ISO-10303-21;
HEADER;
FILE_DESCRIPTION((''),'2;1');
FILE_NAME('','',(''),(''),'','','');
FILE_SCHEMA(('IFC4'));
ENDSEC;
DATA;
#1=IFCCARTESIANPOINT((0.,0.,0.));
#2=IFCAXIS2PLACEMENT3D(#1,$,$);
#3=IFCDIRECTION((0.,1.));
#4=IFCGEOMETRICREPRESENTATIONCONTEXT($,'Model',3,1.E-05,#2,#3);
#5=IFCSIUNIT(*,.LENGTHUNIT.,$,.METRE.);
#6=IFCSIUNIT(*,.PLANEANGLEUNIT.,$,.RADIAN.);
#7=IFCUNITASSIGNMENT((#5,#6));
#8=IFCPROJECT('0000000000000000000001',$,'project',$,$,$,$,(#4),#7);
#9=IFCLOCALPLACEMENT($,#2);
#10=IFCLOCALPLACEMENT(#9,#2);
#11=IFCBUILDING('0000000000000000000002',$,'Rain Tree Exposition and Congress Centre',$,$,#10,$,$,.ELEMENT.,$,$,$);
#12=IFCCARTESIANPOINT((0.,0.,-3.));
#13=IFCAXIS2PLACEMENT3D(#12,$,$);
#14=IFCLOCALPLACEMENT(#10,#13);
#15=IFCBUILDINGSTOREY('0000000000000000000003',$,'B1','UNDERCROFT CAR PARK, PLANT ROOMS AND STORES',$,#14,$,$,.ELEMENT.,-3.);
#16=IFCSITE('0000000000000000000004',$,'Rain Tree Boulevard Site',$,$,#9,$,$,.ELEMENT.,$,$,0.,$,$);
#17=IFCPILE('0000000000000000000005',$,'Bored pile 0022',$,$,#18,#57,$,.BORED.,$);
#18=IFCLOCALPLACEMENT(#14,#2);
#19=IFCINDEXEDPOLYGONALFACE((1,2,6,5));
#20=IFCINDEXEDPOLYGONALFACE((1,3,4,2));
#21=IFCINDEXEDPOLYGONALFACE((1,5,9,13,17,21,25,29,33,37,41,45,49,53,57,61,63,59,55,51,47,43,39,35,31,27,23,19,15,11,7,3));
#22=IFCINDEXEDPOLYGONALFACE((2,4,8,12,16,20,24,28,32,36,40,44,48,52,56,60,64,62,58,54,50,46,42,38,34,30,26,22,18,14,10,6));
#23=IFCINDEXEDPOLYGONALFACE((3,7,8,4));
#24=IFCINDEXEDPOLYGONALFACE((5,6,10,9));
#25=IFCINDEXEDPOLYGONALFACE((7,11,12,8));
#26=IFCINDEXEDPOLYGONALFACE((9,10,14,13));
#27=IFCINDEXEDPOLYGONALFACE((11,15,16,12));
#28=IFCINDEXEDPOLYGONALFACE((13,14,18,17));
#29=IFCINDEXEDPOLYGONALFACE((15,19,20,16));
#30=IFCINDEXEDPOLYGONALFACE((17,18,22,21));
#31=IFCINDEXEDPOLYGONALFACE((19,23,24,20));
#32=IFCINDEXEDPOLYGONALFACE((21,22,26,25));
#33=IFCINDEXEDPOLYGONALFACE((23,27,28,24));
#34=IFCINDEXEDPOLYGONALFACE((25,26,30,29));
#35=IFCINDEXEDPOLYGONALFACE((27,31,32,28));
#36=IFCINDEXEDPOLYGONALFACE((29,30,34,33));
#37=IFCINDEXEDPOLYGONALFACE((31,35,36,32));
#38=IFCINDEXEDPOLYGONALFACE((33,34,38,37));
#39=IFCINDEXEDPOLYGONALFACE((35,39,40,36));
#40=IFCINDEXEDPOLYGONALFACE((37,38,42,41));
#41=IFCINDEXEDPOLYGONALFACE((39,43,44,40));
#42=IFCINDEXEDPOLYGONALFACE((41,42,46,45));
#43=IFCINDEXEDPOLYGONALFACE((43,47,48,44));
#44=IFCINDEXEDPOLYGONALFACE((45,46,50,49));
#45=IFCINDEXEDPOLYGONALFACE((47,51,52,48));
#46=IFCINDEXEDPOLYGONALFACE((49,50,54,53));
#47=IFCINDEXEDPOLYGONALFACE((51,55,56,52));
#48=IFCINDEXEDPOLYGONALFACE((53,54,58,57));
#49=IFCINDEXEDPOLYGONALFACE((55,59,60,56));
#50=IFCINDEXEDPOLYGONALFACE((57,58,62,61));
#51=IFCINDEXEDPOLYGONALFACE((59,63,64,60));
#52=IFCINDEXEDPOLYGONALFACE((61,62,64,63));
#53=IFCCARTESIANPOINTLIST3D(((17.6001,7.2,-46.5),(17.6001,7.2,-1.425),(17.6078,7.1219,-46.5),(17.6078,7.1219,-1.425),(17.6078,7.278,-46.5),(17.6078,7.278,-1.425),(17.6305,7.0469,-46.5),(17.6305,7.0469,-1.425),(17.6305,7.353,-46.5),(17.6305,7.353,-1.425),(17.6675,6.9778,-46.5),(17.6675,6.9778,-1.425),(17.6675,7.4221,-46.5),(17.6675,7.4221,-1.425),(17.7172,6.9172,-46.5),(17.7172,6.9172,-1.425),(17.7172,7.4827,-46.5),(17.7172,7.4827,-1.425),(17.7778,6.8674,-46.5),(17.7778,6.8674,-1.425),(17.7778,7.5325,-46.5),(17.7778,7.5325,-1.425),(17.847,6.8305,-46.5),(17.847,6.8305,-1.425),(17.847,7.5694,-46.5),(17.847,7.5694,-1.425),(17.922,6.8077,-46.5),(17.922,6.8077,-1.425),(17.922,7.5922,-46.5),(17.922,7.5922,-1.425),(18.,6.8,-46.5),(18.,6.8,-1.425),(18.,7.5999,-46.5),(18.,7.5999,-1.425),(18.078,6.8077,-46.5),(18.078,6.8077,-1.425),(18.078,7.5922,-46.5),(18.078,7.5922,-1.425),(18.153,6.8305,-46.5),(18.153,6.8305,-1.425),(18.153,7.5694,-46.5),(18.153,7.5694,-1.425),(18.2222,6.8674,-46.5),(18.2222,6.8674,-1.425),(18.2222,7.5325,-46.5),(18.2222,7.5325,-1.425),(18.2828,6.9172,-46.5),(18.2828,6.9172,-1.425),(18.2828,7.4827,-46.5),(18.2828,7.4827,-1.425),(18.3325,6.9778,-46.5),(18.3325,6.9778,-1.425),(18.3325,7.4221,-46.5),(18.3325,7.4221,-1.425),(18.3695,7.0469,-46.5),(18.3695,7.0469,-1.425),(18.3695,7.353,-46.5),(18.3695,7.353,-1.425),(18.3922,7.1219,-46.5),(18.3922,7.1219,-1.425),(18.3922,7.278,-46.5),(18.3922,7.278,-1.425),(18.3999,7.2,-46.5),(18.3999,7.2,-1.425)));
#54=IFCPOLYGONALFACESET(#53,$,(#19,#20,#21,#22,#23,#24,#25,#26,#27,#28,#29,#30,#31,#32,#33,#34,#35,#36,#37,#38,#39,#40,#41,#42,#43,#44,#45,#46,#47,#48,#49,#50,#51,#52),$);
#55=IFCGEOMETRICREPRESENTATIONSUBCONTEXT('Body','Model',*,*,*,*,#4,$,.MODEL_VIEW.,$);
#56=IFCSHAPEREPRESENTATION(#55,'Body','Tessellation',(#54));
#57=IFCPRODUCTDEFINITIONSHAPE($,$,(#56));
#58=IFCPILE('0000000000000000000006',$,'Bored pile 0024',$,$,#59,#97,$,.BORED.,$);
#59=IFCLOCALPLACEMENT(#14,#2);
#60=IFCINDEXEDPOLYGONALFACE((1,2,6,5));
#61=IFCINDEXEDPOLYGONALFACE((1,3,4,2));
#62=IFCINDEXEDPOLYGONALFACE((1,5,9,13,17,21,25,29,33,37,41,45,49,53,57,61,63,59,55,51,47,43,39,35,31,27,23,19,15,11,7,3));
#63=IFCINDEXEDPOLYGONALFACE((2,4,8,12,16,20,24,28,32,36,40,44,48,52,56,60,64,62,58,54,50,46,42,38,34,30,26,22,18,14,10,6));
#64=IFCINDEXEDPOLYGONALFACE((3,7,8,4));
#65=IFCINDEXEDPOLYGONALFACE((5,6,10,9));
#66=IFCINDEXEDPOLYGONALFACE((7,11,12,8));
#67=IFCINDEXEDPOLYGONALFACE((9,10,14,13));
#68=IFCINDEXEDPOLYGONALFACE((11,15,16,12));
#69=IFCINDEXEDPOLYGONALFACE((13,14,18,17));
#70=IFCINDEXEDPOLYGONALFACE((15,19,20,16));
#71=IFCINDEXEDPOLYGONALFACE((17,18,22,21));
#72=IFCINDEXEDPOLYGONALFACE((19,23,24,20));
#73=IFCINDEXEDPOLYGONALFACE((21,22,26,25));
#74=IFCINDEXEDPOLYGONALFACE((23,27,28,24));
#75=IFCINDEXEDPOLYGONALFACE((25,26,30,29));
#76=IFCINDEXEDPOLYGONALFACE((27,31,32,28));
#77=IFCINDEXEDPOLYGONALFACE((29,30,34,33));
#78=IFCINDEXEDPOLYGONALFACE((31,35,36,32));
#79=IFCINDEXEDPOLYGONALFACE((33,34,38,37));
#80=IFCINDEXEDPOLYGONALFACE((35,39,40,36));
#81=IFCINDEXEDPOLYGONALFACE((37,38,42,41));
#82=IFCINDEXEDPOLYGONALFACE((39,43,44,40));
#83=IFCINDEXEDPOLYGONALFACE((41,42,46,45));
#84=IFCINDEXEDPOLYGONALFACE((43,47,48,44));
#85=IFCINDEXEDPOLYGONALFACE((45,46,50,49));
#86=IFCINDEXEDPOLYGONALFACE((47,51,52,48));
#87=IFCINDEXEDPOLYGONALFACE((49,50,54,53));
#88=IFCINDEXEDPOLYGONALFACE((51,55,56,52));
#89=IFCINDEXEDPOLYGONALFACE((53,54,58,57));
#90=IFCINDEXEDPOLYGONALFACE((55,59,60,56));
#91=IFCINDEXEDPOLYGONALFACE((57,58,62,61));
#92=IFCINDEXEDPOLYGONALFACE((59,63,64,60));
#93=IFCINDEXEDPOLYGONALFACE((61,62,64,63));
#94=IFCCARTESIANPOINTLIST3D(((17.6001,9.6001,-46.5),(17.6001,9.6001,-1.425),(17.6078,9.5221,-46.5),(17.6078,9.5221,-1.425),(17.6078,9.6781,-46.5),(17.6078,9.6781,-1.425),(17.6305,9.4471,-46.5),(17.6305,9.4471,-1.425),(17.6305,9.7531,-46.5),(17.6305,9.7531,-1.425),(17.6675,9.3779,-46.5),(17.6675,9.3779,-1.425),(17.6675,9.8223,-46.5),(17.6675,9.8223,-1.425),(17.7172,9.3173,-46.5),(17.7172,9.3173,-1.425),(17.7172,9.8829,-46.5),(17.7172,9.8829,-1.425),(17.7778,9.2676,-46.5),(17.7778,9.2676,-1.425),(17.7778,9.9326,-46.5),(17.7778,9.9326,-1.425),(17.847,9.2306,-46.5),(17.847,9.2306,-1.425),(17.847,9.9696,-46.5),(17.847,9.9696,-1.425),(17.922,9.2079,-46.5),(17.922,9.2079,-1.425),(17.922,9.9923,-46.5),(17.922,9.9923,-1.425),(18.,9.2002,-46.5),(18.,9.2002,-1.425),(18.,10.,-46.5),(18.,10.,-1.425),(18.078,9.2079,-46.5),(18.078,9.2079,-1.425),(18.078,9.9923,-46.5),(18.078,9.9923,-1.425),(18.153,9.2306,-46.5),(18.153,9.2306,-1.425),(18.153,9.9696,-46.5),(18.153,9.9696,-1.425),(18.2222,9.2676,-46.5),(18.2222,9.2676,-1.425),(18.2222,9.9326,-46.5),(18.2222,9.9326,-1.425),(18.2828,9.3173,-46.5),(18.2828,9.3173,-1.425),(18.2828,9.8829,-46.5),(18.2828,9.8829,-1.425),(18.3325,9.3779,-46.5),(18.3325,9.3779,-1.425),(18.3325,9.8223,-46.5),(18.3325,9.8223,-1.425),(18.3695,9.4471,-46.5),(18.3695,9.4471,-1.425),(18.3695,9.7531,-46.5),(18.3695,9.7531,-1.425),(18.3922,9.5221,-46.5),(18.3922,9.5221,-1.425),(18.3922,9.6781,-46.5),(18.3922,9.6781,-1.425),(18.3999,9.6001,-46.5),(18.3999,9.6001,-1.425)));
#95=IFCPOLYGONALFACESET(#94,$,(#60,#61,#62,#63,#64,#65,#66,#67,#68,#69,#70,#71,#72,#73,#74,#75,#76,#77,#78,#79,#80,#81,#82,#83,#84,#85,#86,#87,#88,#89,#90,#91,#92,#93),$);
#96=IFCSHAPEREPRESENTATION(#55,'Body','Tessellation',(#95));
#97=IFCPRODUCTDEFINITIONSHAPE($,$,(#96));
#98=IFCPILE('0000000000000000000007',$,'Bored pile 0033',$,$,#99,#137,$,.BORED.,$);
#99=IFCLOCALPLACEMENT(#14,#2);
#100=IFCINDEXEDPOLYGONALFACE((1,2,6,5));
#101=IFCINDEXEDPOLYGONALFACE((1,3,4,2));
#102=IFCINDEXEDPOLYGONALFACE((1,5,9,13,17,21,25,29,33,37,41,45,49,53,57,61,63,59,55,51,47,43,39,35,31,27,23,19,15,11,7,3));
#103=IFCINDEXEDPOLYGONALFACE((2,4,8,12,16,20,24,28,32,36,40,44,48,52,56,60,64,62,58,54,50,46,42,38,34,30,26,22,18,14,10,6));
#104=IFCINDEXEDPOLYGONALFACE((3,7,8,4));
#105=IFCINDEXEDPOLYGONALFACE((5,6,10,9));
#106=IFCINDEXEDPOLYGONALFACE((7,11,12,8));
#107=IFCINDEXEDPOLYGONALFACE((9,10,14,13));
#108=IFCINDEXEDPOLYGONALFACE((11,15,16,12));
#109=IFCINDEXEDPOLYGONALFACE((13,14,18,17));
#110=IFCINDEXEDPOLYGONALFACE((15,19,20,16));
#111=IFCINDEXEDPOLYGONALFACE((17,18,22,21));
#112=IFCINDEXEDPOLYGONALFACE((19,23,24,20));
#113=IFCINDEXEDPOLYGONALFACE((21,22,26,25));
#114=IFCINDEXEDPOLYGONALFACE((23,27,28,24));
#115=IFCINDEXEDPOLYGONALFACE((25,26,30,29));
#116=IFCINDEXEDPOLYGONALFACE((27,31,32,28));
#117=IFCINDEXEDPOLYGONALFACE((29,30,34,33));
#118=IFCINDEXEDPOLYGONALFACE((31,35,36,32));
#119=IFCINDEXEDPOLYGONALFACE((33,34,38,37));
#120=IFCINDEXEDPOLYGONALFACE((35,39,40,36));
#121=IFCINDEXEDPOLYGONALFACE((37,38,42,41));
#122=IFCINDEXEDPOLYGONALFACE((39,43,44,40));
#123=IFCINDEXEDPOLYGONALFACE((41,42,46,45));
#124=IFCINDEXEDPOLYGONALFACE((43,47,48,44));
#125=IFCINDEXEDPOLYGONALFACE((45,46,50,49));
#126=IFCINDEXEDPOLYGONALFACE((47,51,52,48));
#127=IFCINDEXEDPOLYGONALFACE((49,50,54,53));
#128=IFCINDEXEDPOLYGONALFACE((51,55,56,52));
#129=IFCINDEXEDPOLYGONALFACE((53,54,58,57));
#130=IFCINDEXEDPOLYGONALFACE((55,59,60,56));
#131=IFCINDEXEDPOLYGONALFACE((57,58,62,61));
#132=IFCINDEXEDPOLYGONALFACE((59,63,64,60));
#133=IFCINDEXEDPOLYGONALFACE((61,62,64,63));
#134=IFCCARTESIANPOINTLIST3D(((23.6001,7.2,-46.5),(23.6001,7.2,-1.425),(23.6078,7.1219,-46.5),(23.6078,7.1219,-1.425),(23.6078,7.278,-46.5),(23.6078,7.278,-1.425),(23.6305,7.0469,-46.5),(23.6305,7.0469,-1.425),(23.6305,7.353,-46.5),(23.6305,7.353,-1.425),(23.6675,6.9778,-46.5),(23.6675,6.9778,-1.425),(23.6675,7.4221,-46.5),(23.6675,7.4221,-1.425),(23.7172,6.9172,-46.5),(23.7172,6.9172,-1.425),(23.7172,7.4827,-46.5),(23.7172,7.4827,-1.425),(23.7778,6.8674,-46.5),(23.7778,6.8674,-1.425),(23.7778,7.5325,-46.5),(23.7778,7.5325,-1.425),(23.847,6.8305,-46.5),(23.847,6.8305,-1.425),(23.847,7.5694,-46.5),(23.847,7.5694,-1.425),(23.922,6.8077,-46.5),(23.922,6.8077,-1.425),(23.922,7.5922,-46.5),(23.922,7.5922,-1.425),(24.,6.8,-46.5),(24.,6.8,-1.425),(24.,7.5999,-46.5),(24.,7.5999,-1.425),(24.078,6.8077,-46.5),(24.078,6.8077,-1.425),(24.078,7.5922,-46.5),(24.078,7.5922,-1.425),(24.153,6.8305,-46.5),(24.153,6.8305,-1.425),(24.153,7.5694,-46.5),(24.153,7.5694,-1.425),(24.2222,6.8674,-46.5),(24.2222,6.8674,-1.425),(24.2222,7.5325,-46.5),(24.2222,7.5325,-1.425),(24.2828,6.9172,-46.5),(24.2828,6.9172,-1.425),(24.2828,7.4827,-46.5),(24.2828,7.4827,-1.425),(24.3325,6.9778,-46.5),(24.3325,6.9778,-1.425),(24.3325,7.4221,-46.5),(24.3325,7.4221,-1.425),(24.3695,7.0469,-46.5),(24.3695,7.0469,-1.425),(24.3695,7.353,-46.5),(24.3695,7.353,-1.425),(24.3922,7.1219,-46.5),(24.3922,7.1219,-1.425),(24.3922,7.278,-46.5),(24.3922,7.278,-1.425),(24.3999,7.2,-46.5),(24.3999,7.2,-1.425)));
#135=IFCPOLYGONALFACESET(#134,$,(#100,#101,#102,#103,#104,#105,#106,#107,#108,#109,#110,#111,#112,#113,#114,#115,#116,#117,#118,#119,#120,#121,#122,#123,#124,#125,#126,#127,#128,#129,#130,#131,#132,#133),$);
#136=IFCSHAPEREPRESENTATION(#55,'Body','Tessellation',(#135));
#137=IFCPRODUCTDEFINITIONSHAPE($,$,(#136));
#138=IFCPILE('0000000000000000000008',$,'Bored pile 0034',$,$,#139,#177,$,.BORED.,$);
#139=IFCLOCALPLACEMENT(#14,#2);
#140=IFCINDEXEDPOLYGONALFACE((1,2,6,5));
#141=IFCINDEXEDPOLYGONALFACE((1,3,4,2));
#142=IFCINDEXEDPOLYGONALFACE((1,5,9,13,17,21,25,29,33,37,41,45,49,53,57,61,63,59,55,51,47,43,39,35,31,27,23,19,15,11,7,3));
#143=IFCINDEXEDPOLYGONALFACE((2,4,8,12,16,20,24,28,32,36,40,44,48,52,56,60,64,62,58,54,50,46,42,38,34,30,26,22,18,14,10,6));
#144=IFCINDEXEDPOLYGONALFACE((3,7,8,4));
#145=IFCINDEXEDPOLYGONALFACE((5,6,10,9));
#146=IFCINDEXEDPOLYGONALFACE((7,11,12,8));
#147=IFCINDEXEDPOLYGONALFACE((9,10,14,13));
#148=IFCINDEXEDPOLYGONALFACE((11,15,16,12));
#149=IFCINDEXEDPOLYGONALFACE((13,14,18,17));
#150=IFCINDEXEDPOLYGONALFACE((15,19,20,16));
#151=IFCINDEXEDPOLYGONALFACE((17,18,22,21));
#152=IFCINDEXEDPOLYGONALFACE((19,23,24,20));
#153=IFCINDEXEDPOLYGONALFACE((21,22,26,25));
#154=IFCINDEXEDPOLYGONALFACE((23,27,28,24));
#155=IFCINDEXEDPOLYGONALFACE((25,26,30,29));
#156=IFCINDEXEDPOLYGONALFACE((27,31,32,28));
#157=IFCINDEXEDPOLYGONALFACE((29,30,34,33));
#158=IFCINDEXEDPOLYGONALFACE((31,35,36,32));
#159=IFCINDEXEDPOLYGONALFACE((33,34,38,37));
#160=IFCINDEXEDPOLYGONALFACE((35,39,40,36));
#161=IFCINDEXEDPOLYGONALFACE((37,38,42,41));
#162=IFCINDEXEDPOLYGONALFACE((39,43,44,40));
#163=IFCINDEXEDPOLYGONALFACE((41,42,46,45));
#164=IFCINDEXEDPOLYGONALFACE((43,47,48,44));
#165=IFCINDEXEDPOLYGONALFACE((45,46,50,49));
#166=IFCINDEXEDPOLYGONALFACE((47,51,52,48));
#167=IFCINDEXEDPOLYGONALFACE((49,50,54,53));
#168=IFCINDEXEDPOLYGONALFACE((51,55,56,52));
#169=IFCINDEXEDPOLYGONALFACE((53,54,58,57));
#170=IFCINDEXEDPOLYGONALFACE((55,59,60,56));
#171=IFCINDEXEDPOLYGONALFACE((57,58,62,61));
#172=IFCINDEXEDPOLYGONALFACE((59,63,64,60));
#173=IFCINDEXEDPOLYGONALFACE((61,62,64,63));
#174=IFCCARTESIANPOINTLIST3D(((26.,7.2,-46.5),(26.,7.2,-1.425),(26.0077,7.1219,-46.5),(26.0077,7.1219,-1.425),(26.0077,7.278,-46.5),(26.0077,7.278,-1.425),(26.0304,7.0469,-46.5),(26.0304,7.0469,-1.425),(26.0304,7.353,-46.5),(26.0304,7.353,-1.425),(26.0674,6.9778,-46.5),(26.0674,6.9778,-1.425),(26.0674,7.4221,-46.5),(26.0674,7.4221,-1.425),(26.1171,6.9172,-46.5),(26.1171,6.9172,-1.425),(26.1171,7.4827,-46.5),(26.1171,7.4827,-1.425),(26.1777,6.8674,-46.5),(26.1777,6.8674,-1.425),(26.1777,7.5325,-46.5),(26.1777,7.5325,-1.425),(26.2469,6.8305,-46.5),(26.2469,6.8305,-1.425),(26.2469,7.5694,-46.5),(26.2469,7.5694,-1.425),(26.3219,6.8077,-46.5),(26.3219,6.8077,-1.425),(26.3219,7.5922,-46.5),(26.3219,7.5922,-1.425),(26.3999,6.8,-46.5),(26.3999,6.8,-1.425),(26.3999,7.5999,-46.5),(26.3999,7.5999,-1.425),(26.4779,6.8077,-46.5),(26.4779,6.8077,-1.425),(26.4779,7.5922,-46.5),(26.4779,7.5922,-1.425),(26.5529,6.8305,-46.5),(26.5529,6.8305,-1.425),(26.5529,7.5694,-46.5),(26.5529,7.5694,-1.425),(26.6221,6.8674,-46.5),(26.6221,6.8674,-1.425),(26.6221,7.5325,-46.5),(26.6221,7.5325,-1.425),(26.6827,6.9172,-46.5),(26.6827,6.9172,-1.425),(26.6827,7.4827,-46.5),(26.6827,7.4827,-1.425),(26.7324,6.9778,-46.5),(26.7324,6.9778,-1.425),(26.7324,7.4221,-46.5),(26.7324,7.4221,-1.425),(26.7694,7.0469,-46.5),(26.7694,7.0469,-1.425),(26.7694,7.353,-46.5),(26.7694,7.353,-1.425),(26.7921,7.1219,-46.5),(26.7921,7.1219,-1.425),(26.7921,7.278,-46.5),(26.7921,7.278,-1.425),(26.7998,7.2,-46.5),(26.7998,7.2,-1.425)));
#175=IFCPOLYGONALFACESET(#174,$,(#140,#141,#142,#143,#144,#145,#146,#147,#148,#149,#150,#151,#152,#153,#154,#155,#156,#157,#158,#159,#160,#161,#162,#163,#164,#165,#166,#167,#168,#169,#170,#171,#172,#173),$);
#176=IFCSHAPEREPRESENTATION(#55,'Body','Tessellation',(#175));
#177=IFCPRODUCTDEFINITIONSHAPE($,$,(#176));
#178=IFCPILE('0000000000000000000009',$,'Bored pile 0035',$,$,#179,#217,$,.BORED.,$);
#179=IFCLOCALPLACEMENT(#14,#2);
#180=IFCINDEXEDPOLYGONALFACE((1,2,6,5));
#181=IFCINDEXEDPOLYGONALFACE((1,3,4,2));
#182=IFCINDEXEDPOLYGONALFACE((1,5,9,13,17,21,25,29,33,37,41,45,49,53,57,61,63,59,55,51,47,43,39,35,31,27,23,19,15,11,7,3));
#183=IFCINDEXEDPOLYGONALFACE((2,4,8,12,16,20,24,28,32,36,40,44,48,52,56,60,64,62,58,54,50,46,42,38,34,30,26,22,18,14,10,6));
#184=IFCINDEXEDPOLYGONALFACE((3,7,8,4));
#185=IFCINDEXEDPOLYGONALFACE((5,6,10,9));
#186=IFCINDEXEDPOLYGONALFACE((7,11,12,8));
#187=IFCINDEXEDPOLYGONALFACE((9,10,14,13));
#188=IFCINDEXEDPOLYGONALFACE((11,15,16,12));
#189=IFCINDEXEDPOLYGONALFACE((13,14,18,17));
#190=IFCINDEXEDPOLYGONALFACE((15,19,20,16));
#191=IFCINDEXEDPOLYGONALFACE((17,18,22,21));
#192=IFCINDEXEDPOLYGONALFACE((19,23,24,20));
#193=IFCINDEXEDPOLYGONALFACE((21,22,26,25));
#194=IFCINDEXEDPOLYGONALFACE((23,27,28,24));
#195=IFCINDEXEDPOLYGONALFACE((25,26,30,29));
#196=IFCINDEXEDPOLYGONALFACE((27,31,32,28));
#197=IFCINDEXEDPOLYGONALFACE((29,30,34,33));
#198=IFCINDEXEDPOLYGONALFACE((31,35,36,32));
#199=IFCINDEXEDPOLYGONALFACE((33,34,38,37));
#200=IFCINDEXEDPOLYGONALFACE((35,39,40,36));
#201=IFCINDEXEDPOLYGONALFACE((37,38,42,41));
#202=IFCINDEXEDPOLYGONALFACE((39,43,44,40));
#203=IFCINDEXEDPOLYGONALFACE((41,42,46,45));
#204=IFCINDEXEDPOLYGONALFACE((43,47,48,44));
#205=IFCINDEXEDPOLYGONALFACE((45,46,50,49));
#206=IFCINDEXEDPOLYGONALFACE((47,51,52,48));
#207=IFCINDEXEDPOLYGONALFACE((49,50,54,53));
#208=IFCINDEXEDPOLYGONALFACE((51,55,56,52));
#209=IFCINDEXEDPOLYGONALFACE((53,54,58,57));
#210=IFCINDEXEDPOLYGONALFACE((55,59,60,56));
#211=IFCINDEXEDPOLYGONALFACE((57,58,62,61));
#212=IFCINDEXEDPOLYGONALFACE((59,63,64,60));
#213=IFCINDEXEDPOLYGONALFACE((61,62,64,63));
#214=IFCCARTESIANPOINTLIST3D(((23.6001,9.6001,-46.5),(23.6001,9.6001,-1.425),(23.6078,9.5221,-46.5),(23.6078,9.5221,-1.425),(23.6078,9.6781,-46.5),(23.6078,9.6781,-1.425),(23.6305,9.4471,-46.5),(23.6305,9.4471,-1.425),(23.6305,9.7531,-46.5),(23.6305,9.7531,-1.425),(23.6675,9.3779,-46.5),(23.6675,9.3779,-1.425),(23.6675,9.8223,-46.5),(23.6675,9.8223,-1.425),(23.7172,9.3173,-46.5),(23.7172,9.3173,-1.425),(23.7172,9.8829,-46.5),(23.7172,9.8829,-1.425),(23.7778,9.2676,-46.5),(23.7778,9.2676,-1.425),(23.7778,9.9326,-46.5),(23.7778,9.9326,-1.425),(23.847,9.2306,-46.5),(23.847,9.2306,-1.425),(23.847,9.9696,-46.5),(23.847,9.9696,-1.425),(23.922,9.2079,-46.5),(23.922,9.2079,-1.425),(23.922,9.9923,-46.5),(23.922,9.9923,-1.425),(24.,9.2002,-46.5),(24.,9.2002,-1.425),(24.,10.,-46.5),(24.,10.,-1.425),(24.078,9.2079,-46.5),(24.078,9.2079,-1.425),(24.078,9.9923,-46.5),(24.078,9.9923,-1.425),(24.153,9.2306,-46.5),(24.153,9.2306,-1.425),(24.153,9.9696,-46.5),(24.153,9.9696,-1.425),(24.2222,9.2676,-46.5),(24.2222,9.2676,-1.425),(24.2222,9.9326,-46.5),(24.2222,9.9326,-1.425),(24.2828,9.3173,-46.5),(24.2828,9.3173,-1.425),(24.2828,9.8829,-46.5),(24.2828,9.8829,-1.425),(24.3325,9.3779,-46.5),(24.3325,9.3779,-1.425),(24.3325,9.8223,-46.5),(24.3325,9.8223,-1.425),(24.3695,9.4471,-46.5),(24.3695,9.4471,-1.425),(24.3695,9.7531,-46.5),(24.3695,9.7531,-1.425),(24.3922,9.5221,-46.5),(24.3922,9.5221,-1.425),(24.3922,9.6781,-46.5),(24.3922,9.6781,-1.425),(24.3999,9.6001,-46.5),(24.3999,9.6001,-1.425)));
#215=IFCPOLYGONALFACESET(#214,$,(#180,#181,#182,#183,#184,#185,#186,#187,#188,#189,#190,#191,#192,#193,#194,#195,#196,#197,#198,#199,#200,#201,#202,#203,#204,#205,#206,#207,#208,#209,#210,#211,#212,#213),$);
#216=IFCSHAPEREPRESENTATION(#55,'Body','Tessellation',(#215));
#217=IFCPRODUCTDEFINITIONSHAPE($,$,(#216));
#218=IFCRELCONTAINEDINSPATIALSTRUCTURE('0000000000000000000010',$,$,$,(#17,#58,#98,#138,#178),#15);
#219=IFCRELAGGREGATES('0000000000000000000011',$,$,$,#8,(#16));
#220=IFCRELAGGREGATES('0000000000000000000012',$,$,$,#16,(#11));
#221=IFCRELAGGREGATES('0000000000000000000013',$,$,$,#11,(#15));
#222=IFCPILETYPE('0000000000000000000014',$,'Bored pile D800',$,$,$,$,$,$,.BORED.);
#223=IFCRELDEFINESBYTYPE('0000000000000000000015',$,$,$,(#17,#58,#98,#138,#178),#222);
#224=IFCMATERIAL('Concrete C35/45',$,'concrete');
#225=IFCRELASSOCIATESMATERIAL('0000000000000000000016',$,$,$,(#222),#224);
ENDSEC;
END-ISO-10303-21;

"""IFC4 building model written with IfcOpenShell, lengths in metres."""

from ifc_helpers import new_model, si_unit, direction, frame, origin, origin_2d, place, context, subcontext, project, spatial, circle, extrude, material, material_profile, profile_set, type_object, element, save


model = new_model("IFC4")

# Units and contexts
model_context = context("Model", 3, precision=1e-05, world=origin(), true_north=direction((0.0, 1.0)))
body_context = subcontext(model_context, "Body", "Model", "MODEL_VIEW")
ifc_project = project(units=[si_unit("LENGTHUNIT", "METRE"), si_unit("PLANEANGLEUNIT", "RADIAN")], contexts=[model_context])

# Site, building, storey
site_placement = place(None, origin())
site = spatial("IfcSite", under=ifc_project, at=site_placement, Name="Rain Tree Boulevard Site", CompositionType="ELEMENT", RefElevation=0.0)
building_placement = place(site_placement, origin())
building = spatial("IfcBuilding", under=site, at=building_placement, Name="Rain Tree Exposition and Congress Centre", CompositionType="ELEMENT")
storey_placement = place(building_placement, frame((0.0, 0.0, -3.0)))
storey = spatial("IfcBuildingStorey", under=building, at=storey_placement, Name="B1", Description="UNDERCROFT CAR PARK, PLANT ROOMS AND STORES", CompositionType="ELEMENT", Elevation=-3.0)

# Piles
ifc_material_1 = material(Name="Concrete C35/45", Category="concrete")
ifc_material_profile_1 = material_profile(ifc_material_1, circle(Radius=0.3999, at=origin_2d()), Name="D800")
ifc_profile_set_1 = profile_set([ifc_material_profile_1], Name="Concrete C35/45")
pile_type = type_object("IfcPileType", Name="Bored pile D800", PredefinedType="BORED", material=ifc_profile_set_1)
for number, where, z_axis, x_axis, name in (
    (1, (18.0, 7.2, -1.425), (0.0, 0.0, -1.0), (1.0, 0.0, 0.0), "Bored pile 0022"),
    (2, (18.0, 9.6001, -1.425), (0.0, 0.0, -1.0), (1.0, 0.0, 0.0), "Bored pile 0024"),
    (3, (24.0, 7.2, -1.425), (0.0, 0.0, -1.0), (1.0, 0.0, 0.0), "Bored pile 0033"),
    (4, (26.3999, 7.2, -1.425), (0.0, 0.0, -1.0), (1.0, 0.0, 0.0), "Bored pile 0034"),
    (5, (24.0, 9.6001, -1.425), (0.0, 0.0, -1.0), (1.0, 0.0, 0.0), "Bored pile 0035"),
):
    element("IfcPile", number, at=place(storey_placement, frame(where, z_axis=z_axis, x_axis=x_axis)), inside=storey, type_object=pile_type, Name=name, PredefinedType="BORED", context=body_context, shape_type="SweptSolid", body=[
        extrude(circle(Radius=0.3999, at=origin_2d()), origin(), (0.0, 0.0, 1.0), 45.075),
    ])

save(model, "model.ifc")
